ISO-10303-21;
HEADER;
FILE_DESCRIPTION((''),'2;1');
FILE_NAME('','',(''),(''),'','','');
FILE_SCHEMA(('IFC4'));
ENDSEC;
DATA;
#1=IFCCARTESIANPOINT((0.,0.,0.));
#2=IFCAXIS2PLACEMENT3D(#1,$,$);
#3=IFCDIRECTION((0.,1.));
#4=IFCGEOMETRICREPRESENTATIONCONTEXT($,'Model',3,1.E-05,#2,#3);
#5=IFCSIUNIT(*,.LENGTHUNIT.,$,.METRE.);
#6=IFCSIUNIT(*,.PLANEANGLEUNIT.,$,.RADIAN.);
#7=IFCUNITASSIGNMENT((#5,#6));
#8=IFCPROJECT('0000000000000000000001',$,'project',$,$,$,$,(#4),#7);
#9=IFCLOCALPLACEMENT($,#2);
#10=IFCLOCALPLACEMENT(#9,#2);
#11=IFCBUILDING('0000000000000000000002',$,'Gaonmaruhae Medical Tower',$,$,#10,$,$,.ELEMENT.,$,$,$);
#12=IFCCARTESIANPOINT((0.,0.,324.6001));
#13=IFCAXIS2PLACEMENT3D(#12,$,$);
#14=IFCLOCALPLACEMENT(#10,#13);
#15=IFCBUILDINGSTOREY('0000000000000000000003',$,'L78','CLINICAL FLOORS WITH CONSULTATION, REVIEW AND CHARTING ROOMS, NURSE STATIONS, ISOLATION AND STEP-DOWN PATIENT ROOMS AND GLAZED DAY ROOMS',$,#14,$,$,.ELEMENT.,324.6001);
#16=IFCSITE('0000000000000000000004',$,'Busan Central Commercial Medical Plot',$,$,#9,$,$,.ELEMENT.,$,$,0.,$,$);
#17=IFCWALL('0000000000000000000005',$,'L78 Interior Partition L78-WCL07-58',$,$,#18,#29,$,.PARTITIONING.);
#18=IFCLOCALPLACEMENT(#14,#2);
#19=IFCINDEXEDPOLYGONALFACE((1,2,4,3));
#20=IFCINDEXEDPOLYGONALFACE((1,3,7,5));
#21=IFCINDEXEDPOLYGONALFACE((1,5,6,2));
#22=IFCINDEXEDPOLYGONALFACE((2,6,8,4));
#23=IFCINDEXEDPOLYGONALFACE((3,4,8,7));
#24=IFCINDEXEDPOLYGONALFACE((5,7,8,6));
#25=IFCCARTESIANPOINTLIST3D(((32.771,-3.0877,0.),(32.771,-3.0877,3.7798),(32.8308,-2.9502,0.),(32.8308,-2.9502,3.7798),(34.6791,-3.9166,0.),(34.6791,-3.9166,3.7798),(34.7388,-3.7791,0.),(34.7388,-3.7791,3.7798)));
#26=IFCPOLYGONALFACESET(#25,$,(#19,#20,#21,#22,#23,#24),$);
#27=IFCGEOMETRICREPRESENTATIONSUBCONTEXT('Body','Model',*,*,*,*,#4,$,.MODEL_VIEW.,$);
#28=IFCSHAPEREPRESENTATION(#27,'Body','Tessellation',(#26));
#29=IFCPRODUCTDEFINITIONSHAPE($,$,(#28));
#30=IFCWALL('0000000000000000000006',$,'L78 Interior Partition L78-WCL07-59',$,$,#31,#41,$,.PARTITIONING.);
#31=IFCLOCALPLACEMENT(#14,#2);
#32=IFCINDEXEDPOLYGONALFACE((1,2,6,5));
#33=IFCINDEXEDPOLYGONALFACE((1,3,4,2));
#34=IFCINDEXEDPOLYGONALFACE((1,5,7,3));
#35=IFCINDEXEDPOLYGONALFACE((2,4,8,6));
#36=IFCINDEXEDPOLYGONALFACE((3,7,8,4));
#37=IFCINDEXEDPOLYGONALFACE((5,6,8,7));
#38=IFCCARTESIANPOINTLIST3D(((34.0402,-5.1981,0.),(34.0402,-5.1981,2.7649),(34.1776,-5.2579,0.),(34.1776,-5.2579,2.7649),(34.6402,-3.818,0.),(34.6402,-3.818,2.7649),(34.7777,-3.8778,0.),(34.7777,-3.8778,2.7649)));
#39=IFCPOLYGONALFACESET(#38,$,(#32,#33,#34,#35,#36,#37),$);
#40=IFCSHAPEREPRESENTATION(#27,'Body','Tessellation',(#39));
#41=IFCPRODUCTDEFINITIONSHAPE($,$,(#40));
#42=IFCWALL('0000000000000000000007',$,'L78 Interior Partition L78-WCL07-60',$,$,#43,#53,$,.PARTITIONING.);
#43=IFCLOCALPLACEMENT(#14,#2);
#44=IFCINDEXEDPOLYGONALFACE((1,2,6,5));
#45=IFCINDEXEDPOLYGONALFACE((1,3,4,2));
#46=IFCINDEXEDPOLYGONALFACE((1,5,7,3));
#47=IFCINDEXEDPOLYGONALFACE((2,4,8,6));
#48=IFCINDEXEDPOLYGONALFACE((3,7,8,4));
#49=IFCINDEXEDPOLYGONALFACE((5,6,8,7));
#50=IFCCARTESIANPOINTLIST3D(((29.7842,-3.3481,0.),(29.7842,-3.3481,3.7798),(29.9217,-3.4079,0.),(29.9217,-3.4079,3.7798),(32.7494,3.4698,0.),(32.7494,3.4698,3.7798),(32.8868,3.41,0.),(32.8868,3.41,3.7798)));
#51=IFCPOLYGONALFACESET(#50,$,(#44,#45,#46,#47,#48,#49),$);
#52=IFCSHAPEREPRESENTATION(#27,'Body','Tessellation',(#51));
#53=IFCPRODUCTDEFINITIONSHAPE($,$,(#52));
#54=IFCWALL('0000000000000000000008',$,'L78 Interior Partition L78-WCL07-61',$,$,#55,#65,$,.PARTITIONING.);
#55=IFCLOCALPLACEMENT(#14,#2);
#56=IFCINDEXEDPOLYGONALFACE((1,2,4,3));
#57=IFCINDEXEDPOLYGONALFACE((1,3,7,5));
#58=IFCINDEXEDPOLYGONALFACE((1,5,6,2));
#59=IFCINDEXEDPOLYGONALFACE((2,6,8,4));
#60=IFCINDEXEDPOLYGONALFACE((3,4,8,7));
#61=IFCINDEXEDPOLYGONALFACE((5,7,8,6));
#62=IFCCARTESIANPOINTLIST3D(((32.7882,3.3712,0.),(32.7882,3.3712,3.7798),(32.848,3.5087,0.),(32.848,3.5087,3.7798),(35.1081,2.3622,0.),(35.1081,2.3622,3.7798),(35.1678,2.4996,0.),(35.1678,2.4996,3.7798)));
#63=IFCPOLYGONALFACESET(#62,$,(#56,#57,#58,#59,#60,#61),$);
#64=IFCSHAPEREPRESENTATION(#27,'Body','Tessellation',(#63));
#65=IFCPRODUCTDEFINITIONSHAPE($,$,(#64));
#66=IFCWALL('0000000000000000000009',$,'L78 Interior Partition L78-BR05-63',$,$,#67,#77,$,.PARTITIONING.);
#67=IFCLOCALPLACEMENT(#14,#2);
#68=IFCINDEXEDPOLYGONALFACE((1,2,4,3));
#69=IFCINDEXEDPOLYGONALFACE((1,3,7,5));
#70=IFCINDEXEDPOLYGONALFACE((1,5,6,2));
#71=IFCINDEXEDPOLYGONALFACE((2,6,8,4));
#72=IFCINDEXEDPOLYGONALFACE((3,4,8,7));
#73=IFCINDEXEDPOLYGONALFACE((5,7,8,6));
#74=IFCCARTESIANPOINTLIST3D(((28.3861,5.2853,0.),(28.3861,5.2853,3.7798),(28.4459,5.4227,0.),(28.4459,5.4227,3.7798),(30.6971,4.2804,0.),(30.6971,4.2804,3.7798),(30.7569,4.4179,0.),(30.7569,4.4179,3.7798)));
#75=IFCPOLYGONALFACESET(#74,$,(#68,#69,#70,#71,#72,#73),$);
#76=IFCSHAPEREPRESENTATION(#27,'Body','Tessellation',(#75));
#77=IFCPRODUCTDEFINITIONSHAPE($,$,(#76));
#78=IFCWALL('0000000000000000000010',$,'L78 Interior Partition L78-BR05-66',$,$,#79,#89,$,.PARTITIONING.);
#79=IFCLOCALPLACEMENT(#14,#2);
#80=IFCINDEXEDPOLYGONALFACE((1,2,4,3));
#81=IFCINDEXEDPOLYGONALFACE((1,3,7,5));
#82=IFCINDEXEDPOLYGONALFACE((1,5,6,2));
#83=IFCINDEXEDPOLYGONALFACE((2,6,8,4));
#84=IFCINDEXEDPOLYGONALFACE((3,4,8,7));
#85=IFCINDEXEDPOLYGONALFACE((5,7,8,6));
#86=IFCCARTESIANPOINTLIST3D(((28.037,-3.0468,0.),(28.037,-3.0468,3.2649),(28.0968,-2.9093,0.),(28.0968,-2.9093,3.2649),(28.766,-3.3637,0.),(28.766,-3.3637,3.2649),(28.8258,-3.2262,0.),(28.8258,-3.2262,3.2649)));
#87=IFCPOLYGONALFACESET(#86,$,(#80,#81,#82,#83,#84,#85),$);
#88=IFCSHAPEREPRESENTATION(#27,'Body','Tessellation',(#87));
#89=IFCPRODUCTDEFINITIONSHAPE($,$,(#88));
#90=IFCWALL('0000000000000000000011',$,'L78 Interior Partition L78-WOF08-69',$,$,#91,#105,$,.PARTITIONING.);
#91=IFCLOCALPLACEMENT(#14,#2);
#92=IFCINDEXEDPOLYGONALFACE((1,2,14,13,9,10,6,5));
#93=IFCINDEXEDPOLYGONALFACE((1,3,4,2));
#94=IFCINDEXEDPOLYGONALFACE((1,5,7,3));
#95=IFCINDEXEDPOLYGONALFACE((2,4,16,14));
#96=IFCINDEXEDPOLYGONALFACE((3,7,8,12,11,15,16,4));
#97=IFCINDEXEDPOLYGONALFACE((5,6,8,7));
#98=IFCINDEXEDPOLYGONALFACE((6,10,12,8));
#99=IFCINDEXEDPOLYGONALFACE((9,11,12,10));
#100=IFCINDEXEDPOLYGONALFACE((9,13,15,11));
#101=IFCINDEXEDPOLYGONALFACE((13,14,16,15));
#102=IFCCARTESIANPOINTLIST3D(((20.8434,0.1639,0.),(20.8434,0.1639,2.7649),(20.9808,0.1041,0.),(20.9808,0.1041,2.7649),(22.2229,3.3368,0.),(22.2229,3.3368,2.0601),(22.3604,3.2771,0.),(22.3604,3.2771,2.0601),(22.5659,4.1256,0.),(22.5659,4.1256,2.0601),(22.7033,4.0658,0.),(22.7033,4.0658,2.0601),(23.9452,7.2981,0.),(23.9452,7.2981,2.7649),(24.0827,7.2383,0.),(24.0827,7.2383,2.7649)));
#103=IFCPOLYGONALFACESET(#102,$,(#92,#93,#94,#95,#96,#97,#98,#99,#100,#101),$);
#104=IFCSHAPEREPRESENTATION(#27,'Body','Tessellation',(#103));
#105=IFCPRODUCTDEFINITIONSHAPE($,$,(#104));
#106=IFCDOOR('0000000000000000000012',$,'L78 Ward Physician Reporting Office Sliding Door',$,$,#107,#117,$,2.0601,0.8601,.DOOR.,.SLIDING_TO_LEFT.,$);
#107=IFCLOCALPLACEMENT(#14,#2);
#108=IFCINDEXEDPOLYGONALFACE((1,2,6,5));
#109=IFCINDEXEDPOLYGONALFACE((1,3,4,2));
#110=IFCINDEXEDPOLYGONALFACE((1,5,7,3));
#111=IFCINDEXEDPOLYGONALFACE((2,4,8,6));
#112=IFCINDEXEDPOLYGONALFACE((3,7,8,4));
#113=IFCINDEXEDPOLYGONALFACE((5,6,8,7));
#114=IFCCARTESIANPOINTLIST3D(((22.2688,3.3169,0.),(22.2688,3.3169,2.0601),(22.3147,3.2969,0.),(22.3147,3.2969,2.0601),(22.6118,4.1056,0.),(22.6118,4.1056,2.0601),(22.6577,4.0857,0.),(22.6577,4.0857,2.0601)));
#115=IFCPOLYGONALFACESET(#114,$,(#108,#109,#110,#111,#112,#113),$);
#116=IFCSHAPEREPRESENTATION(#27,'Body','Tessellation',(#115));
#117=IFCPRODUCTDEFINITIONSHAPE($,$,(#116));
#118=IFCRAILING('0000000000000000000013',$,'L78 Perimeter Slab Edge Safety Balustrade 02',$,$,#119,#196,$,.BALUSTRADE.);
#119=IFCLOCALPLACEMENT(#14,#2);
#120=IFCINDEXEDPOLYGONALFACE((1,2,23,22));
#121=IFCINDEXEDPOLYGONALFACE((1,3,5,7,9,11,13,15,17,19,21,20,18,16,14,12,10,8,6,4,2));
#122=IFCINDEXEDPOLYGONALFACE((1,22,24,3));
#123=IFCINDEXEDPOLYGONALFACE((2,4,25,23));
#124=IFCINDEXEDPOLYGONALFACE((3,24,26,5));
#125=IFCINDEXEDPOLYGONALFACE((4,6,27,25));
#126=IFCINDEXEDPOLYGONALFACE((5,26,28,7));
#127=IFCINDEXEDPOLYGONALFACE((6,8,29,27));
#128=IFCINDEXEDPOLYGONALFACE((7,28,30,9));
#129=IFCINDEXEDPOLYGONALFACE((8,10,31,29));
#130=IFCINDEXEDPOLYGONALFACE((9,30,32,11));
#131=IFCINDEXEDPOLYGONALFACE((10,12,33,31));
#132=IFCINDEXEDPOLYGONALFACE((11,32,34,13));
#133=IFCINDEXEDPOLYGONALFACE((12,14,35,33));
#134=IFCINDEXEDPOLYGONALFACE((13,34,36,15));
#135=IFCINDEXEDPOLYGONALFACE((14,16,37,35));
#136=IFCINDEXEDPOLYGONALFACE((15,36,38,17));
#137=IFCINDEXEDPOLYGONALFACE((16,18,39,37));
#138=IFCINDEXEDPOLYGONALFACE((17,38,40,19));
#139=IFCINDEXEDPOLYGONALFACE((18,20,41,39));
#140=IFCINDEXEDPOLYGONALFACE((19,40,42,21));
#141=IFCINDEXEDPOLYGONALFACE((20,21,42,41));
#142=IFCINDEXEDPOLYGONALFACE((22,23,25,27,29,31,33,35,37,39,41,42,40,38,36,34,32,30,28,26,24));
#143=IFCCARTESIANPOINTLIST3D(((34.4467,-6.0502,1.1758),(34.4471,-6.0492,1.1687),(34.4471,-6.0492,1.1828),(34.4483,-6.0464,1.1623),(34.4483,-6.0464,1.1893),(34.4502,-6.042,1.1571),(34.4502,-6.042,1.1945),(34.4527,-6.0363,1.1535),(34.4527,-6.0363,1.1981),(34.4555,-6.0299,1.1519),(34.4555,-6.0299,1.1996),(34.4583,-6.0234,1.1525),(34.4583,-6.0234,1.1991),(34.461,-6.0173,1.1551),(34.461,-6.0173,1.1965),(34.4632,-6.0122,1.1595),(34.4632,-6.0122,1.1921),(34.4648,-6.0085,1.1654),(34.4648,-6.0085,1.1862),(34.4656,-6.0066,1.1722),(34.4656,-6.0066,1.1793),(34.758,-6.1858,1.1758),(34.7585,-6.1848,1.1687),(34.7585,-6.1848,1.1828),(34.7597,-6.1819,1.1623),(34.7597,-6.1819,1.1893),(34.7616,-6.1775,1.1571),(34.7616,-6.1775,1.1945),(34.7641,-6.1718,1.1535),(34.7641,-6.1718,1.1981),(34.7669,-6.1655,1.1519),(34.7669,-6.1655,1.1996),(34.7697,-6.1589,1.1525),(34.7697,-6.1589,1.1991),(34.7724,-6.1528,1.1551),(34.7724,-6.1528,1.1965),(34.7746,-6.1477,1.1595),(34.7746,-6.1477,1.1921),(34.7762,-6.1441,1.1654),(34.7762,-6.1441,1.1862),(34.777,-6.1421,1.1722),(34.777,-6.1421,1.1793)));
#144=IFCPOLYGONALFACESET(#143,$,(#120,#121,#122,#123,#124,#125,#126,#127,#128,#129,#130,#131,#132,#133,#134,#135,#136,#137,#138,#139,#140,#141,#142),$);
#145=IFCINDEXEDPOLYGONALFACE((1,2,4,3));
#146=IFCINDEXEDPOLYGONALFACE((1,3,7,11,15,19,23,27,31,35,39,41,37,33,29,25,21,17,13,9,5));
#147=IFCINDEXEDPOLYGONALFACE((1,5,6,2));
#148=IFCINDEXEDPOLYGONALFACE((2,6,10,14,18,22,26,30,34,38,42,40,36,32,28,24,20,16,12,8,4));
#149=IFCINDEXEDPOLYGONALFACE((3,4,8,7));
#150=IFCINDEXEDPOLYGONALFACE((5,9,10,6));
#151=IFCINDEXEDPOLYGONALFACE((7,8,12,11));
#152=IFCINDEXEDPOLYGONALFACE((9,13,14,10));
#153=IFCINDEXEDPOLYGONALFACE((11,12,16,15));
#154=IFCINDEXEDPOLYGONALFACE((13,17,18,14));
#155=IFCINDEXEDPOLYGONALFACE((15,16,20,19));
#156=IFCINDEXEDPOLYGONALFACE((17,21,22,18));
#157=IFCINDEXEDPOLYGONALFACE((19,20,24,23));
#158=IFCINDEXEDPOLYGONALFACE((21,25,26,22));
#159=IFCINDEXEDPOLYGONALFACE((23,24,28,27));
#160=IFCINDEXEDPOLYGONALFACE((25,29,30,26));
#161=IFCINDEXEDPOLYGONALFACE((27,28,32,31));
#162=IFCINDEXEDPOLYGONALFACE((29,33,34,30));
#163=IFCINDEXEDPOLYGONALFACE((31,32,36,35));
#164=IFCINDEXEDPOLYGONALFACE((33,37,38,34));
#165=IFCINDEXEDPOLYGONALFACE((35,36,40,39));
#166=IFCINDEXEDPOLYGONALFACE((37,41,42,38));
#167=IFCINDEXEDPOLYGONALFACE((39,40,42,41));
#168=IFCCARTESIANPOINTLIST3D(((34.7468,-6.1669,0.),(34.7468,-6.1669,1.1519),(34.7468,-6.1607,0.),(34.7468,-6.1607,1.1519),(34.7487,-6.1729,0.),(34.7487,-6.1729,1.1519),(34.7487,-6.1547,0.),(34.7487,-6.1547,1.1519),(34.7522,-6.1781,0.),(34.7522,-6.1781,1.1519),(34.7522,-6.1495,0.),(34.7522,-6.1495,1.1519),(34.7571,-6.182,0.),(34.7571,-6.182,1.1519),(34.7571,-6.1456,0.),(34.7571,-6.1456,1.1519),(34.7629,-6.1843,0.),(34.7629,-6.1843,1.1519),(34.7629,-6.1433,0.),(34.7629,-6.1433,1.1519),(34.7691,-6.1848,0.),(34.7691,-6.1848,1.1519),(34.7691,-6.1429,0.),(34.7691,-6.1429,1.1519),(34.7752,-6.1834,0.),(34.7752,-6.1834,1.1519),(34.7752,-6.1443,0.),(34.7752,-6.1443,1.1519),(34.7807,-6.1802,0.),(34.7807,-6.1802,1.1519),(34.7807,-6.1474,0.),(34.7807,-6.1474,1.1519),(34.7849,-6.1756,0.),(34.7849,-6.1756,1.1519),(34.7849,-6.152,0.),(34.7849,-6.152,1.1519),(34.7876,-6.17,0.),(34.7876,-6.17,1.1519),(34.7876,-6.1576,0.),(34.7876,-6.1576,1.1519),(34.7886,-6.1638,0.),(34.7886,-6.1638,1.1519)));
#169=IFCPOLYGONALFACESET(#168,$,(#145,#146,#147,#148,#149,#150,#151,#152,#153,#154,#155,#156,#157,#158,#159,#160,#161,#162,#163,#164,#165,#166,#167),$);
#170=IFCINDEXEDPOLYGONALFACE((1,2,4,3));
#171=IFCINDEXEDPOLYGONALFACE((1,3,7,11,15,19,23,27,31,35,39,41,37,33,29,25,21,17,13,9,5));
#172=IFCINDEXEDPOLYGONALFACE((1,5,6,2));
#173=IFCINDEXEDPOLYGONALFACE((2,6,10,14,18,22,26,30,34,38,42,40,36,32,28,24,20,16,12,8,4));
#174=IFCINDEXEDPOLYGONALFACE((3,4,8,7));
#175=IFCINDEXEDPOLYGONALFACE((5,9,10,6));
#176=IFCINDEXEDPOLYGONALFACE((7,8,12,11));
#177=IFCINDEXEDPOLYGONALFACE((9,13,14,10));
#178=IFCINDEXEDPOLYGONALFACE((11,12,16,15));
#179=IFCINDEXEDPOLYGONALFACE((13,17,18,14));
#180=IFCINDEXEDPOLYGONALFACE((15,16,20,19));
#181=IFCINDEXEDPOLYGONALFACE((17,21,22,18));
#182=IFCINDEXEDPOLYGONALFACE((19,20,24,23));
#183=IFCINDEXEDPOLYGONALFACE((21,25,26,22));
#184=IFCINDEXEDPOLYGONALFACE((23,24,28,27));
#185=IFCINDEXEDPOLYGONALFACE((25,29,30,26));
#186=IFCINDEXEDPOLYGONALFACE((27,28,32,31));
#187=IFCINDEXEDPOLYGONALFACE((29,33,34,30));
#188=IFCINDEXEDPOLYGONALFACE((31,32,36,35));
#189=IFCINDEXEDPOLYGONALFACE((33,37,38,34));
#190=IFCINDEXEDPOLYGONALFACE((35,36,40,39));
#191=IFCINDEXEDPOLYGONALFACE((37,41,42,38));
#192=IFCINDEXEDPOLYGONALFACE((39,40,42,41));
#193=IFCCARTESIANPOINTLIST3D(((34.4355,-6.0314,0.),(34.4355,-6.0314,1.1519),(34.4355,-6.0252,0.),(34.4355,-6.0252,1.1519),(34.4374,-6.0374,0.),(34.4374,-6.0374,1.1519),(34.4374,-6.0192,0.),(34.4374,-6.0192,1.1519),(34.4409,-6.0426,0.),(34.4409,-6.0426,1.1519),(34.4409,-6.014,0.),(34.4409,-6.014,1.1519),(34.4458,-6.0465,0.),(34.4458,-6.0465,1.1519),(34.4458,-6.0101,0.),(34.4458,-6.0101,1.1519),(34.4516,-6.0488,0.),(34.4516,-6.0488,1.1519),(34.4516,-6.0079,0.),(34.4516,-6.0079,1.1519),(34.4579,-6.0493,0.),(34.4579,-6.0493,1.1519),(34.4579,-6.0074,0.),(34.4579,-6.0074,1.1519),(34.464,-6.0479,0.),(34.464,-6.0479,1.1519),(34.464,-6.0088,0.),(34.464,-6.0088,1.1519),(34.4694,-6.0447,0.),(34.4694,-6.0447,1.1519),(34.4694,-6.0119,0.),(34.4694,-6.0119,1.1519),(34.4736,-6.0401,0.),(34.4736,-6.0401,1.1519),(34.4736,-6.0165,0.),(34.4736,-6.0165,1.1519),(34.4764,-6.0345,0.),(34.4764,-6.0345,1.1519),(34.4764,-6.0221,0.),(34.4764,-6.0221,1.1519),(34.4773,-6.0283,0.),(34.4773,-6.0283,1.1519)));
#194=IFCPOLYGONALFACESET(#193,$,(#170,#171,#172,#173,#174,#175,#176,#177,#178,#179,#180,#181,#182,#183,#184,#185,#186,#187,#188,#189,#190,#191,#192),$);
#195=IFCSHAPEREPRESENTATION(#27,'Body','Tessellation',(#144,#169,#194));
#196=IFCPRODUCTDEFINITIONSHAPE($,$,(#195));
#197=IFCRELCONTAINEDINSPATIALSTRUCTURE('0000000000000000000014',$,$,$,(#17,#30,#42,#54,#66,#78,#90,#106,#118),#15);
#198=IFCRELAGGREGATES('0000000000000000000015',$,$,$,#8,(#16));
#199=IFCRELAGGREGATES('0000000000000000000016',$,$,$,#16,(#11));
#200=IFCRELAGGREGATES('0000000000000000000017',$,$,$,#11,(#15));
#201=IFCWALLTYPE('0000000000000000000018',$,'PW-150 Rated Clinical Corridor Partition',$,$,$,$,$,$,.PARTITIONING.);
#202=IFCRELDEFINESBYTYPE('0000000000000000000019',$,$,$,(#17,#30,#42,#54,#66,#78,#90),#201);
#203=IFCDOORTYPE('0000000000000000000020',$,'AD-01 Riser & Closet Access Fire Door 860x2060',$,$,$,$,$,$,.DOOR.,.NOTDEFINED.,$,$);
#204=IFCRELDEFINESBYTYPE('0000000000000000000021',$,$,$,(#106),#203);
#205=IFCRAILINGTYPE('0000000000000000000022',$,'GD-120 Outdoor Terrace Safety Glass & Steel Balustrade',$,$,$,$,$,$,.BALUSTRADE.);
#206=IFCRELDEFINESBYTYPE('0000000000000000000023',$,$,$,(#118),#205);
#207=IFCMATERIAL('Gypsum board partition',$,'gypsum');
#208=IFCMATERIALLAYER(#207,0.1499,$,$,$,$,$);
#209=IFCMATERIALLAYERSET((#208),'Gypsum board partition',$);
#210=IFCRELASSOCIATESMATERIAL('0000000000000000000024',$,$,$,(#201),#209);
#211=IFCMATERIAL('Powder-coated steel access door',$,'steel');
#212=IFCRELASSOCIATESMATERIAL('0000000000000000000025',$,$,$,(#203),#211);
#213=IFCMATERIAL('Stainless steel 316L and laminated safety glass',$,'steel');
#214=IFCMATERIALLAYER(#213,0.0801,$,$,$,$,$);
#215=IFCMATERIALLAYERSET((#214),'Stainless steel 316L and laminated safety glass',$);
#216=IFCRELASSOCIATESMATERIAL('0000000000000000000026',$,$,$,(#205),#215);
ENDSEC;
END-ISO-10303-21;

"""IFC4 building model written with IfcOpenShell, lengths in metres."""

from ifc_helpers import new_model, si_unit, direction, frame, frame_2d, origin, origin_2d, place, context, subcontext, project, spatial, rectangle, circle, extrude, material, layer, layer_set, type_object, element, fill, save


model = new_model("IFC4")

# Units and contexts
model_context = context("Model", 3, precision=1e-05, world=origin(), true_north=direction((0.0, 1.0)))
body_context = subcontext(model_context, "Body", "Model", "MODEL_VIEW")
ifc_project = project(units=[si_unit("LENGTHUNIT", "METRE"), si_unit("PLANEANGLEUNIT", "RADIAN")], contexts=[model_context])

# Site, building, storey
site_placement = place(None, origin())
site = spatial("IfcSite", under=ifc_project, at=site_placement, Name="Busan Central Commercial Medical Plot", CompositionType="ELEMENT", RefElevation=0.0)
building_placement = place(site_placement, origin())
building = spatial("IfcBuilding", under=site, at=building_placement, Name="Gaonmaruhae Medical Tower", CompositionType="ELEMENT")
storey_placement = place(building_placement, frame((0.0, 0.0, 324.6001)))
storey = spatial("IfcBuildingStorey", under=building, at=storey_placement, Name="L78", Description="CLINICAL FLOORS WITH CONSULTATION, REVIEW AND CHARTING ROOMS, NURSE STATIONS, ISOLATION AND STEP-DOWN PATIENT ROOMS AND GLAZED DAY ROOMS", CompositionType="ELEMENT", Elevation=324.6001)

# Walls
ifc_material_1 = material(Name="Gypsum board partition", Category="gypsum")
ifc_layer_1 = layer(ifc_material_1, 0.1499)
ifc_layer_set_1 = layer_set([ifc_layer_1], Name="Gypsum board partition")
wall_type_1 = type_object("IfcWallType", Name="PW-150 Rated Clinical Corridor Partition", PredefinedType="PARTITIONING", material=ifc_layer_set_1)
wall_1_placement = place(storey_placement, frame((32.801, -3.019, 0.0), z_axis=(0.0, 0.0, 1.0), x_axis=(0.917191, -0.398447, 0.0)))
element("IfcWall", 1, at=wall_1_placement, inside=storey, type_object=wall_type_1, Name="L78 Interior Partition L78-WCL07-58", PredefinedType="PARTITIONING", context=body_context, shape_type="SweptSolid", body=[
    extrude(rectangle(XDim=2.0803, YDim=0.1499, at=frame_2d((1.04, 0.0))), origin(), (0.0, 0.0, 1.0), 3.7798),
])
wall_2_placement = place(storey_placement, frame((34.709, -3.8479, 0.0), z_axis=(0.0, 0.0, 1.0), x_axis=(-0.39875, -0.91706, 0.0)))
element("IfcWall", 2, at=wall_2_placement, inside=storey, type_object=wall_type_1, Name="L78 Interior Partition L78-WCL07-59", PredefinedType="PARTITIONING", context=body_context, shape_type="SweptSolid", body=[
    extrude(rectangle(XDim=1.5049, YDim=0.1499, at=frame_2d((0.7524, 0.0))), origin(), (0.0, 0.0, 1.0), 2.7649),
])
wall_3_placement = place(storey_placement, frame((29.853, -3.3779, 0.0), z_axis=(0.0, 0.0, 1.0), x_axis=(0.398816, 0.917031, 0.0)))
element("IfcWall", 3, at=wall_3_placement, inside=storey, type_object=wall_type_1, Name="L78 Interior Partition L78-WCL07-60", PredefinedType="PARTITIONING", context=body_context, shape_type="SweptSolid", body=[
    extrude(rectangle(XDim=7.4348, YDim=0.1499, at=frame_2d((3.7173, 0.0))), origin(), (0.0, 0.0, 1.0), 3.7798),
])
wall_4_placement = place(storey_placement, frame((32.8181, 3.4399, 0.0), z_axis=(0.0, 0.0, 1.0), x_axis=(0.91701, -0.398864, 0.0)))
element("IfcWall", 4, at=wall_4_placement, inside=storey, type_object=wall_type_1, Name="L78 Interior Partition L78-WCL07-61", PredefinedType="PARTITIONING", context=body_context, shape_type="SweptSolid", body=[
    extrude(rectangle(XDim=2.5298, YDim=0.1499, at=frame_2d((1.2649, 0.0))), origin(), (0.0, 0.0, 1.0), 3.7798),
])
wall_5_placement = place(storey_placement, frame((28.416, 5.354, 0.0), z_axis=(0.0, 0.0, 1.0), x_axis=(0.917058, -0.398754, 0.0)))
element("IfcWall", 5, at=wall_5_placement, inside=storey, type_object=wall_type_1, Name="L78 Interior Partition L78-BR05-63", PredefinedType="PARTITIONING", context=body_context, shape_type="SweptSolid", body=[
    extrude(rectangle(XDim=2.52, YDim=0.1499, at=frame_2d((1.26, 0.0))), origin(), (0.0, 0.0, 1.0), 3.7798),
])
wall_6_placement = place(storey_placement, frame((28.7959, -3.2949, 0.0), z_axis=(0.0, 0.0, 1.0), x_axis=(-0.917099, 0.398659, 0.0)))
element("IfcWall", 6, at=wall_6_placement, inside=storey, type_object=wall_type_1, Name="L78 Interior Partition L78-BR05-66", PredefinedType="PARTITIONING", context=body_context, shape_type="SweptSolid", body=[
    extrude(rectangle(XDim=0.7949, YDim=0.1499, at=frame_2d((0.3975, 0.0))), origin(), (0.0, 0.0, 1.0), 3.2649),
])

# Wall, opening, door
wall_7_placement = place(storey_placement, frame((20.9121, 0.134, 0.0), z_axis=(0.0, 0.0, 1.0), x_axis=(0.398732, 0.917068, 0.0)))
wall_7 = element("IfcWall", 7, at=wall_7_placement, inside=storey, type_object=wall_type_1, Name="L78 Interior Partition L78-WOF08-69", PredefinedType="PARTITIONING", context=body_context, shape_type="SweptSolid", body=[
    extrude(rectangle(XDim=7.7793, YDim=0.1499, at=frame_2d((3.8896, 0.0))), origin(), (0.0, 0.0, 1.0), 2.7649),
])
opening_1_placement = place(wall_7_placement, frame((3.4597, 0.0, 0.0)))
opening_1 = element("IfcOpeningElement", 8, at=opening_1_placement, cuts=wall_7, PredefinedType="OPENING", context=body_context, shape_type="SweptSolid", body=[
    extrude(rectangle(XDim=0.8601, YDim=2.0601, at=frame_2d((0.4302, 1.03))), frame((0.0, 0.085, 0.0), z_axis=(0.0, -1.0, 0.0), x_axis=(1.0, 0.0, 0.0)), (0.0, 0.0, 1.0), 0.1699),
])
ifc_material_2 = material(Name="Powder-coated steel access door", Category="steel")
door_type = type_object("IfcDoorType", Name="AD-01 Riser & Closet Access Fire Door 860x2060", OperationType="NOTDEFINED", PredefinedType="DOOR", material=ifc_material_2)
door_placement = place(opening_1_placement, origin())
door = element("IfcDoor", 9, at=door_placement, inside=storey, type_object=door_type, Name="L78 Ward Physician Reporting Office Sliding Door", OperationType="SLIDING_TO_LEFT", OverallHeight=2.0601, OverallWidth=0.8601, PredefinedType="DOOR", context=body_context, shape_type="SweptSolid", body=[
    extrude(rectangle(XDim=0.8601, YDim=2.0601, at=frame_2d((0.4302, 1.03))), frame((0.0, 0.0249, 0.0), z_axis=(0.0, -1.0, 0.0), x_axis=(1.0, 0.0, 0.0)), (0.0, 0.0, 1.0), 0.05),
])
fill(opening_1, door)

# Railing
ifc_material_3 = material(Name="Stainless steel 316L and laminated safety glass", Category="steel")
ifc_layer_2 = layer(ifc_material_3, 0.0801)
ifc_layer_set_2 = layer_set([ifc_layer_2], Name="Stainless steel 316L and laminated safety glass")
railing_type = type_object("IfcRailingType", Name="GD-120 Outdoor Terrace Safety Glass & Steel Balustrade", PredefinedType="BALUSTRADE", material=ifc_layer_set_2)
railing_placement = place(storey_placement, frame((34.7676, -6.1638, 0.0)))
element("IfcRailing", 10, at=railing_placement, inside=storey, type_object=railing_type, Name="L78 Perimeter Slab Edge Safety Balustrade 02", PredefinedType="BALUSTRADE", context=body_context, shape_type="SweptSolid", body=[
    extrude(circle(Radius=0.0239, at=origin_2d()), frame((0.0, 0.0, 1.1758), z_axis=(-0.916898, 0.399121, 0.0), x_axis=(-0.399121, -0.916898, 0.0)), (0.0, 0.0, 1.0), 0.3396),
    extrude(circle(Radius=0.021, at=origin_2d()), origin(), (0.0, 0.0, 1.0), 1.1519),
    extrude(circle(Radius=0.021, at=origin_2d()), frame((-0.3113, 0.1355, 0.0)), (0.0, 0.0, 1.0), 1.1519),
])

save(model, "model.ifc")
